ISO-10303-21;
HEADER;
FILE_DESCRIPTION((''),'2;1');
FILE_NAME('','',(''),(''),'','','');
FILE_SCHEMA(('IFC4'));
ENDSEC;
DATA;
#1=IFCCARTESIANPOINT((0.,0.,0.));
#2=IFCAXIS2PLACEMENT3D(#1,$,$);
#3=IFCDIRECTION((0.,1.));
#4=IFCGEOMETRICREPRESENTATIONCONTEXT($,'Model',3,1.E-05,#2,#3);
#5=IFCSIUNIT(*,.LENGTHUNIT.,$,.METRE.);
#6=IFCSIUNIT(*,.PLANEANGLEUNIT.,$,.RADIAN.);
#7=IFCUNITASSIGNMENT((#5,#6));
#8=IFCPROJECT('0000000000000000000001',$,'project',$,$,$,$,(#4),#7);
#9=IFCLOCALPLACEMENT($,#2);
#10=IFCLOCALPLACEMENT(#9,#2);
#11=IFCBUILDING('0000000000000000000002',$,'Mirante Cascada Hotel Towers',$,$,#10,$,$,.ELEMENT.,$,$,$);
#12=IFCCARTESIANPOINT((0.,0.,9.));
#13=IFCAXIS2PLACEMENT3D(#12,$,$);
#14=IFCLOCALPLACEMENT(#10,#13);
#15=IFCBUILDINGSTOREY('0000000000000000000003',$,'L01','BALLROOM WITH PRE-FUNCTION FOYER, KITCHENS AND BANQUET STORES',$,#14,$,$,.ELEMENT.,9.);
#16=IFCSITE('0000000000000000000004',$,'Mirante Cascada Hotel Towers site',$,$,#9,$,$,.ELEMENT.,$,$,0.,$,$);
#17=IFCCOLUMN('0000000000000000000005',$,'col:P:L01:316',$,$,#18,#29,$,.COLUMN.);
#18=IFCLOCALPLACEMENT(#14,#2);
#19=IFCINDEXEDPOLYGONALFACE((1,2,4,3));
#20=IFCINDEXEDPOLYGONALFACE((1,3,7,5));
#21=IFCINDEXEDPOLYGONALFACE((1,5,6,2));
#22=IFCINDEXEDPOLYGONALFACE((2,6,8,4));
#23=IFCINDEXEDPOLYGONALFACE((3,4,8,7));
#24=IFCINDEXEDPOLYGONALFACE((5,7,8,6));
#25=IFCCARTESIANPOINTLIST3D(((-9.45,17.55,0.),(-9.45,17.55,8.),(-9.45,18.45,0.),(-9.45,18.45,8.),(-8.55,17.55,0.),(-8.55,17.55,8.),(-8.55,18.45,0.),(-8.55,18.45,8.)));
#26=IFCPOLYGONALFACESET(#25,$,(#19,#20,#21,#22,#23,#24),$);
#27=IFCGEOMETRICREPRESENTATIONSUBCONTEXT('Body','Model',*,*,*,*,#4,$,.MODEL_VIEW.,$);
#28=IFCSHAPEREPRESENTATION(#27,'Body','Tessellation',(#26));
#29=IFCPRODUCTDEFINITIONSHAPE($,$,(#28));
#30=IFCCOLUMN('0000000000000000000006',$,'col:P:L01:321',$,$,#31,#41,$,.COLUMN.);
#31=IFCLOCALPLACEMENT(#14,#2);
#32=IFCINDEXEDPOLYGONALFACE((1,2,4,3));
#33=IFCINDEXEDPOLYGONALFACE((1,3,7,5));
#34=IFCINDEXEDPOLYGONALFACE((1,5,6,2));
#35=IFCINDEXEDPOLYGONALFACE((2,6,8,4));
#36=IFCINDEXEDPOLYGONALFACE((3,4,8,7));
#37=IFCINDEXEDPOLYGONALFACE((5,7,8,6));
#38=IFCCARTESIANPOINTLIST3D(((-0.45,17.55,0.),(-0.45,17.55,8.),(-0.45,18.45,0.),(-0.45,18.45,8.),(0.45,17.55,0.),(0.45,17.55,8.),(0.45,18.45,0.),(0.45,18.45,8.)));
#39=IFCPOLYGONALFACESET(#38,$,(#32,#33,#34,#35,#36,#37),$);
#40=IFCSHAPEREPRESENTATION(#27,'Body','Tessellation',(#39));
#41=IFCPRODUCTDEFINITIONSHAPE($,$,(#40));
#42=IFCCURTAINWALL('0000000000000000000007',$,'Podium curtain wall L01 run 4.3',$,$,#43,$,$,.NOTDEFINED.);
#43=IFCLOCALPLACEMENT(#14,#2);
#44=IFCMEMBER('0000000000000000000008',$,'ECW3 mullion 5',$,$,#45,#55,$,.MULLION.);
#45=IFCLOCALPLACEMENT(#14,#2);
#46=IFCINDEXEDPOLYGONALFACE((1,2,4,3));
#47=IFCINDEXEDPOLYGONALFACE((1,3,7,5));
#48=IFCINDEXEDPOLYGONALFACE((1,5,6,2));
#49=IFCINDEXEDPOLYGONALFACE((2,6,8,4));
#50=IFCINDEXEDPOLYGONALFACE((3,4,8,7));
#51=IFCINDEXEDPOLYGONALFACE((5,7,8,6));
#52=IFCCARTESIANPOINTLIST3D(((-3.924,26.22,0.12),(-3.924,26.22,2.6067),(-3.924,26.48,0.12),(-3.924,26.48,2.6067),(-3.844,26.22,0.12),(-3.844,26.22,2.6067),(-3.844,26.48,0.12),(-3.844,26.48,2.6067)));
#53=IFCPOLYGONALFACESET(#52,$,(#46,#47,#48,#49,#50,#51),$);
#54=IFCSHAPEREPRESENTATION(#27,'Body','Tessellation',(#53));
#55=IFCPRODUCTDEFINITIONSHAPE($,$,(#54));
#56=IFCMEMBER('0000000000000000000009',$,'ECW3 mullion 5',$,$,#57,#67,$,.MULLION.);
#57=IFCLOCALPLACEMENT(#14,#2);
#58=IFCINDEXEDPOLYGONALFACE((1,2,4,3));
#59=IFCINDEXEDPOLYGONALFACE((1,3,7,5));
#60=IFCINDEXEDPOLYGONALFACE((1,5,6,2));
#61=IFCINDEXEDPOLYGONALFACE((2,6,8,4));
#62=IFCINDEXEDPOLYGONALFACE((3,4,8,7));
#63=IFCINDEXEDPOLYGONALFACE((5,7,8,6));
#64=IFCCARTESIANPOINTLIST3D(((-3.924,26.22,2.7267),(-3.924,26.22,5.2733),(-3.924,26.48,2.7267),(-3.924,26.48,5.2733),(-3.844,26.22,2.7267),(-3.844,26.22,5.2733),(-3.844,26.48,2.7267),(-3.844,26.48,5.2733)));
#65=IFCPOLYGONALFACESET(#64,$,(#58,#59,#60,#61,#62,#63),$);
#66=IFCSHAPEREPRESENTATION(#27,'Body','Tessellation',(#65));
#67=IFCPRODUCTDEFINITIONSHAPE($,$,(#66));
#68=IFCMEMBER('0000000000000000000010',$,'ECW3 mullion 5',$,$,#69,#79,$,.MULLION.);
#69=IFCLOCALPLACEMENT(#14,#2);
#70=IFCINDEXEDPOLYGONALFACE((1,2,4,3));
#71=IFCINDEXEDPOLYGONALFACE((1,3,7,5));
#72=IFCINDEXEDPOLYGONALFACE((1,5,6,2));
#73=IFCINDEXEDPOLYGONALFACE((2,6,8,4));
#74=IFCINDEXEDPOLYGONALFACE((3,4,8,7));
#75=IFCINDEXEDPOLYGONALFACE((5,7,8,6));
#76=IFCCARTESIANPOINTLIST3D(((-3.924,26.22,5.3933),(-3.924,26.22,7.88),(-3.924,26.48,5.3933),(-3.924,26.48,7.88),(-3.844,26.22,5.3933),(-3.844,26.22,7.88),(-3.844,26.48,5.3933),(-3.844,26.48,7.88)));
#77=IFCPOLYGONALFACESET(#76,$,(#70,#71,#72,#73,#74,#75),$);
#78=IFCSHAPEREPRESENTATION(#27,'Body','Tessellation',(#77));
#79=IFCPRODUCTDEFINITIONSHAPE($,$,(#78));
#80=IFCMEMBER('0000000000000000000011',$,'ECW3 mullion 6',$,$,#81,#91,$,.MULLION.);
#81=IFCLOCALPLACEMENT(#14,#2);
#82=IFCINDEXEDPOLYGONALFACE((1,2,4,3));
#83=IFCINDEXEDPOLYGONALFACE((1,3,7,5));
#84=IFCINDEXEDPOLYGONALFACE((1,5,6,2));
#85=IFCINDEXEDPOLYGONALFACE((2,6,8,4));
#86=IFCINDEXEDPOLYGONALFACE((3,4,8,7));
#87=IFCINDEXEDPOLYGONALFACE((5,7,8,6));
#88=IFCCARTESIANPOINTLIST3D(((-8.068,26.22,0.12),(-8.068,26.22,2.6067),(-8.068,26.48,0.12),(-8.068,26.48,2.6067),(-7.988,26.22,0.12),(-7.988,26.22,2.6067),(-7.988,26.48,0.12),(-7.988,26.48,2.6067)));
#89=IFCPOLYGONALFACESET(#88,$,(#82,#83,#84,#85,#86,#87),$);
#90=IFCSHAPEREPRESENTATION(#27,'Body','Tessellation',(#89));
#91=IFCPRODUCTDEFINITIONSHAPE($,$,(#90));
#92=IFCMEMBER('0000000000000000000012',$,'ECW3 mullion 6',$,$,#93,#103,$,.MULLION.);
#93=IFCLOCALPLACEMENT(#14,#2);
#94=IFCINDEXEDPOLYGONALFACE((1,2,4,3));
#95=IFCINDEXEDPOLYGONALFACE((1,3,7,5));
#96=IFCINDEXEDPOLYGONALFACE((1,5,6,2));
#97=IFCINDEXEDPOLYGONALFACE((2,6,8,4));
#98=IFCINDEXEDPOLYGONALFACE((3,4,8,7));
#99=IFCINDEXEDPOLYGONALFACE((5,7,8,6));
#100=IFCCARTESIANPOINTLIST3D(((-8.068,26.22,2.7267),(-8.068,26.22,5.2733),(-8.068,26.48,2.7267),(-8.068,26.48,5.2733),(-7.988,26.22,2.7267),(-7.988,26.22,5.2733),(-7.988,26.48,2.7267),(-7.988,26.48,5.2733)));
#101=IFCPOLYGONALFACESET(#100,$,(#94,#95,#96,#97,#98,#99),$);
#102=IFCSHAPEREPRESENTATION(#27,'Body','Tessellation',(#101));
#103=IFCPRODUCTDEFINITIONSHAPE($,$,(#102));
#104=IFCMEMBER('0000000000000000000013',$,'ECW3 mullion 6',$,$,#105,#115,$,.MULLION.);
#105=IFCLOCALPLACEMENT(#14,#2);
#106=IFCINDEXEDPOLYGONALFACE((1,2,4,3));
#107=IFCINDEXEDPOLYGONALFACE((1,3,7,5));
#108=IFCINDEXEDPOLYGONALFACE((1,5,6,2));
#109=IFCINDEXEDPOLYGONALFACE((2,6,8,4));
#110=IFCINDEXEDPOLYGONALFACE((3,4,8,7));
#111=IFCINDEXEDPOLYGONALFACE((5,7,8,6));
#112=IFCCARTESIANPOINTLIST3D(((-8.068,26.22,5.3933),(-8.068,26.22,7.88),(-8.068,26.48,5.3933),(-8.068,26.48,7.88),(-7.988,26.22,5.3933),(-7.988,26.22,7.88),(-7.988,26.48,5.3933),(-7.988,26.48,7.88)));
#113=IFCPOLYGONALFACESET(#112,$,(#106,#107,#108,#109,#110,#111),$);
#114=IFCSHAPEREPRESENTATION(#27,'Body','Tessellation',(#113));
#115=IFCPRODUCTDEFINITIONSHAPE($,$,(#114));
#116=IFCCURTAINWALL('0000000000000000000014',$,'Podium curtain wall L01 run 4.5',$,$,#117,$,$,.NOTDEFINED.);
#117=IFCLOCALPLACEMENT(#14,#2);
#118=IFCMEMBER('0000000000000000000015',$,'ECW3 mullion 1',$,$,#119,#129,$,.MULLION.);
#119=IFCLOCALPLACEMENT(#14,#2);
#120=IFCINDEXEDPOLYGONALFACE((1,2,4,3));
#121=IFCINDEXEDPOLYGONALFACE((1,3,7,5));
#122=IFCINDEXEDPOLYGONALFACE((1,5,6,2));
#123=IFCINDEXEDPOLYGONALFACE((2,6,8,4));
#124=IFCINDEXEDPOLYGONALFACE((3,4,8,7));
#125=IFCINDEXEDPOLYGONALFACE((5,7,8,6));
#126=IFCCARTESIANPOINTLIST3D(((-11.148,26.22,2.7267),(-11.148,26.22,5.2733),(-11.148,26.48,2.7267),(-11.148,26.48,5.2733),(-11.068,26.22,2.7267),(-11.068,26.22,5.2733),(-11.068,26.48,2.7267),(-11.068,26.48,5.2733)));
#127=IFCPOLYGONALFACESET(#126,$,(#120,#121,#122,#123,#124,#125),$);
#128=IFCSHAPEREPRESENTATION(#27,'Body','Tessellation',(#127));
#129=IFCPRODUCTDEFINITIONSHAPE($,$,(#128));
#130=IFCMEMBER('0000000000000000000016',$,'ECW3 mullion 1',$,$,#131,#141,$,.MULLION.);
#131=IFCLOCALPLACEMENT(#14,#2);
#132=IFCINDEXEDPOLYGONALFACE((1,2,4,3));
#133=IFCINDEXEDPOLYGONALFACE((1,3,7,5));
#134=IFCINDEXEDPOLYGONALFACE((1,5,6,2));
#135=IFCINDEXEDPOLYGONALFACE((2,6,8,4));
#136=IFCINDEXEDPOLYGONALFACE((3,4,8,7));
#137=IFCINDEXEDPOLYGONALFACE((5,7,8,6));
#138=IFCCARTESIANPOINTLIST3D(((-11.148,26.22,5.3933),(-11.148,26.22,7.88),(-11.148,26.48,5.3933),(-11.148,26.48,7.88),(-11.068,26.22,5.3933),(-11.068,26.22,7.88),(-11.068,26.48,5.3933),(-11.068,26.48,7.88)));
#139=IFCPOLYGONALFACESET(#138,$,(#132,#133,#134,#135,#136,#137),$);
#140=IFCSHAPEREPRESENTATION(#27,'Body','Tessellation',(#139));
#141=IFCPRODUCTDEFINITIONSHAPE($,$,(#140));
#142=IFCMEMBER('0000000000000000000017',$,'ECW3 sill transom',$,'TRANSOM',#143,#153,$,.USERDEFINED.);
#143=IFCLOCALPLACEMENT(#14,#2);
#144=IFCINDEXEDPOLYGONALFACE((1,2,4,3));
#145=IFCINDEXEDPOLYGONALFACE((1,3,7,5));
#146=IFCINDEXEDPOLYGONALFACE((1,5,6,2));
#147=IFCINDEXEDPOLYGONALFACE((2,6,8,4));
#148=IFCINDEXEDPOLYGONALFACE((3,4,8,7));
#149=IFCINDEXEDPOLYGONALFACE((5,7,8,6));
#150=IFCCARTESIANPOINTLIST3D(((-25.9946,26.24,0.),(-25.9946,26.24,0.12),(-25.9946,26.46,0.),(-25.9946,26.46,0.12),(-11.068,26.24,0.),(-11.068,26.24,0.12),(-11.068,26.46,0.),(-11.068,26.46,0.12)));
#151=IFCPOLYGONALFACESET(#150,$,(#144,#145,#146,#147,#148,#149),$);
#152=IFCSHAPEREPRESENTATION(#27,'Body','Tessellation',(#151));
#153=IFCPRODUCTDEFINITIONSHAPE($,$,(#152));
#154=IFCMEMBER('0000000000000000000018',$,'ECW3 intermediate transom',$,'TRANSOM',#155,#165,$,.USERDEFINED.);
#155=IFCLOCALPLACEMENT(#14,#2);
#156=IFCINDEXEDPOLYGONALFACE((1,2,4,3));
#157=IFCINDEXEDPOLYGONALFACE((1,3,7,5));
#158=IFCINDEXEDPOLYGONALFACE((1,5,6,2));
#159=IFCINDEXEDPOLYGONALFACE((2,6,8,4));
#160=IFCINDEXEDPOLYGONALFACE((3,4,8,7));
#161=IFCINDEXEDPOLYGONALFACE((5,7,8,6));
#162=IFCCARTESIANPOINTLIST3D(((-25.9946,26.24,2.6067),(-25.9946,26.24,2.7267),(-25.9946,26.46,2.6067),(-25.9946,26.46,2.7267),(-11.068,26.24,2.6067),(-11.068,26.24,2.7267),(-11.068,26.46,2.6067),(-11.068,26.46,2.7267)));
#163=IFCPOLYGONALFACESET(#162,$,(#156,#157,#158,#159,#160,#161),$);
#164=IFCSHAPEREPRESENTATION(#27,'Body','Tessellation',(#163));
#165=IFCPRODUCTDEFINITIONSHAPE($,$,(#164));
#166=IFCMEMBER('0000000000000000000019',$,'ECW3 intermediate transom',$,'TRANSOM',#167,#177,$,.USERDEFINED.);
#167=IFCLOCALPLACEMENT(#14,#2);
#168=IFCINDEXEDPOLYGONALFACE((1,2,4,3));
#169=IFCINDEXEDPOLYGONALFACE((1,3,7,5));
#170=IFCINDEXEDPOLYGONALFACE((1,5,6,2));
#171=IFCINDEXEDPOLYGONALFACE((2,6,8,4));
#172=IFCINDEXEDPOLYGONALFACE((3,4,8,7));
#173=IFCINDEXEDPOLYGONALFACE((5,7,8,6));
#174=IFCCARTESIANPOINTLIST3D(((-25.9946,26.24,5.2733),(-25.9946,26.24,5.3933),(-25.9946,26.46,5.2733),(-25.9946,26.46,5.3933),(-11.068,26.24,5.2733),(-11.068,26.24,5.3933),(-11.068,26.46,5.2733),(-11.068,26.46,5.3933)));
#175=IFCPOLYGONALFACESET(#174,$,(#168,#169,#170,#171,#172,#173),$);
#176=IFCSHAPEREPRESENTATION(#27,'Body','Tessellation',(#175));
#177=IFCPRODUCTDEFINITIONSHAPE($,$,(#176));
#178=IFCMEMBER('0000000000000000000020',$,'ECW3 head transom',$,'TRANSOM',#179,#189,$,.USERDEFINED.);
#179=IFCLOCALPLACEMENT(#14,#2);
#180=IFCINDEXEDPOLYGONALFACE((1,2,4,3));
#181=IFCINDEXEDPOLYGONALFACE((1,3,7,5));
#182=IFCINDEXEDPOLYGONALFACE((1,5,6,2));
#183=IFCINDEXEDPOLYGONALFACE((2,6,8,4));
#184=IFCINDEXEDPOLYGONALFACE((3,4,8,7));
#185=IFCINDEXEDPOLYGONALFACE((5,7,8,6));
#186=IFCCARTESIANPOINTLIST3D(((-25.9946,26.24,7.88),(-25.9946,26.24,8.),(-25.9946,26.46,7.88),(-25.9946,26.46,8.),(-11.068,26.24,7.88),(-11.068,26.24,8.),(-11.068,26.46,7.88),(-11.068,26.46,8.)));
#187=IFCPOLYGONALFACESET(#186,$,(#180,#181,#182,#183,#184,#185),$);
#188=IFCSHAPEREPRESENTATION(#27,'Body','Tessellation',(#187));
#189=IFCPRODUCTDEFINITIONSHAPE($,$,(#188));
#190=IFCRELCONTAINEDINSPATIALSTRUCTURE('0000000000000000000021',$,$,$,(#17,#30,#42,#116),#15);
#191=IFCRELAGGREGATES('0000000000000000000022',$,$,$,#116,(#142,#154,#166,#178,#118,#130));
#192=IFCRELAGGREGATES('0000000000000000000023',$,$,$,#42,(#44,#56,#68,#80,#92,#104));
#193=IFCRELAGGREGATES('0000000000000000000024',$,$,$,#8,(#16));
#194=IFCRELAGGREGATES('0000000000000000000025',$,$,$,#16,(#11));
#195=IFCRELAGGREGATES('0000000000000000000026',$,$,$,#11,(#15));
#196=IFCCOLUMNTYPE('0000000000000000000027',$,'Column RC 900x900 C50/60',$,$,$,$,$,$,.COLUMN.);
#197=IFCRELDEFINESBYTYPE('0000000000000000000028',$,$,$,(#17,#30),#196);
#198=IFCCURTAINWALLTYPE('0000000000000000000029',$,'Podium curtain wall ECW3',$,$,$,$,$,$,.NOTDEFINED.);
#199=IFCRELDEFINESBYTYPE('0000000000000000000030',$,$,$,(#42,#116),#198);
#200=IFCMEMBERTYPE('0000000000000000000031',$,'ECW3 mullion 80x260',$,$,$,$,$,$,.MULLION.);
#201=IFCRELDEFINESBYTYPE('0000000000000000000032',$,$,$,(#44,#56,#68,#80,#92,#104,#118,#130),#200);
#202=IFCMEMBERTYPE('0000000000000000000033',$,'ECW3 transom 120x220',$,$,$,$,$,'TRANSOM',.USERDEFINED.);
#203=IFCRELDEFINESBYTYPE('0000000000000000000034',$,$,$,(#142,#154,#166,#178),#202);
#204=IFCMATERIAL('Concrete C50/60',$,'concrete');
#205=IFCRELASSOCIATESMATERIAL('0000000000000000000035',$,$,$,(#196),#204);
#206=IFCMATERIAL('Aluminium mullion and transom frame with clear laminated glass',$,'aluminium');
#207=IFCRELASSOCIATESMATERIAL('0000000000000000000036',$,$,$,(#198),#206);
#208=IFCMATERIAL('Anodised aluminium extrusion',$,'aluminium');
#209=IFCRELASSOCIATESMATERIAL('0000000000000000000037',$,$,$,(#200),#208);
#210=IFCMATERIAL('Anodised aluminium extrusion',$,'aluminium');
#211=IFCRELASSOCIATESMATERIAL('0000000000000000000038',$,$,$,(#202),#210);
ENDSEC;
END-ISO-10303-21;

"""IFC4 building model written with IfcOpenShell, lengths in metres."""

from ifc_helpers import new_model, si_unit, direction, frame, origin, origin_2d, place, context, subcontext, project, spatial, rectangle, extrude, material, material_profile, profile_set, type_object, element, aggregate, save


model = new_model("IFC4")

# Units and contexts
model_context = context("Model", 3, precision=1e-05, world=origin(), true_north=direction((0.0, 1.0)))
body_context = subcontext(model_context, "Body", "Model", "MODEL_VIEW")
ifc_project = project(units=[si_unit("LENGTHUNIT", "METRE"), si_unit("PLANEANGLEUNIT", "RADIAN")], contexts=[model_context])

# Site, building, storey
site_placement = place(None, origin())
site = spatial("IfcSite", under=ifc_project, at=site_placement, Name="Mirante Cascada Hotel Towers site", CompositionType="ELEMENT", RefElevation=0.0)
building_placement = place(site_placement, origin())
building = spatial("IfcBuilding", under=site, at=building_placement, Name="Mirante Cascada Hotel Towers", CompositionType="ELEMENT")
storey_placement = place(building_placement, frame((0.0, 0.0, 9.0)))
storey = spatial("IfcBuildingStorey", under=building, at=storey_placement, Name="L01", Description="BALLROOM WITH PRE-FUNCTION FOYER, KITCHENS AND BANQUET STORES", CompositionType="ELEMENT", Elevation=9.0)

# Columns
ifc_material_1 = material(Name="Concrete C50/60", Category="concrete")
ifc_material_profile_1 = material_profile(ifc_material_1, rectangle(XDim=0.9, YDim=0.9, at=origin_2d()), Name="RC 900x900")
ifc_profile_set_1 = profile_set([ifc_material_profile_1], Name="Concrete C50/60")
column_type = type_object("IfcColumnType", Name="Column RC 900x900 C50/60", PredefinedType="COLUMN", material=ifc_profile_set_1)
for number, where, z_axis, x_axis, name in (
    (1, (-9.0, 18.0, 0.0), (0.0, 0.0, 1.0), (1.0, 0.0, 0.0), "col:P:L01:316"),
    (2, (0.0, 18.0, 0.0), (0.0, 0.0, 1.0), (1.0, 0.0, 0.0), "col:P:L01:321"),
):
    element("IfcColumn", number, at=place(storey_placement, frame(where, z_axis=z_axis, x_axis=x_axis)), inside=storey, type_object=column_type, Name=name, PredefinedType="COLUMN", context=body_context, shape_type="SweptSolid", body=[
        extrude(rectangle(XDim=0.9, YDim=0.9, at=origin_2d()), origin(), (0.0, 0.0, 1.0), 8.0),
    ])

# Curtain walls, members
ifc_material_2 = material(Name="Aluminium mullion and transom frame with clear laminated glass", Category="aluminium")
curtain_wall_type = type_object("IfcCurtainWallType", Name="Podium curtain wall ECW3", PredefinedType="NOTDEFINED", material=ifc_material_2)
curtain_wall_1_placement = place(storey_placement, origin())
curtain_wall_1 = element("IfcCurtainWall", 3, at=curtain_wall_1_placement, inside=storey, type_object=curtain_wall_type, Name="Podium curtain wall L01 run 4.3", PredefinedType="NOTDEFINED")
ifc_material_3 = material(Name="Anodised aluminium extrusion", Category="aluminium")
ifc_material_profile_2 = material_profile(ifc_material_3, rectangle(XDim=0.26, YDim=0.08, at=origin_2d()), Name="ECW3 MULLION 80x260")
ifc_profile_set_2 = profile_set([ifc_material_profile_2], Name="Anodised aluminium extrusion")
member_type_1 = type_object("IfcMemberType", Name="ECW3 mullion 80x260", PredefinedType="MULLION", material=ifc_profile_set_2)
member_1_placement = place(storey_placement, frame((-3.884, 26.35, 0.12), z_axis=(0.0, 0.0, 1.0), x_axis=(0.0, -1.0, 0.0)))
member_1 = element("IfcMember", 4, at=member_1_placement, type_object=member_type_1, Name="ECW3 mullion 5", PredefinedType="MULLION", context=body_context, shape_type="SweptSolid", body=[
    extrude(rectangle(XDim=0.26, YDim=0.08, at=origin_2d()), origin(), (0.0, 0.0, 1.0), 2.4867),
])
member_2_placement = place(storey_placement, frame((-3.884, 26.35, 2.7267), z_axis=(0.0, 0.0, 1.0), x_axis=(0.0, -1.0, 0.0)))
member_2 = element("IfcMember", 5, at=member_2_placement, type_object=member_type_1, Name="ECW3 mullion 5", PredefinedType="MULLION", context=body_context, shape_type="SweptSolid", body=[
    extrude(rectangle(XDim=0.26, YDim=0.08, at=origin_2d()), origin(), (0.0, 0.0, 1.0), 2.5466),
])
member_3_placement = place(storey_placement, frame((-3.884, 26.35, 5.3933), z_axis=(0.0, 0.0, 1.0), x_axis=(0.0, -1.0, 0.0)))
member_3 = element("IfcMember", 6, at=member_3_placement, type_object=member_type_1, Name="ECW3 mullion 5", PredefinedType="MULLION", context=body_context, shape_type="SweptSolid", body=[
    extrude(rectangle(XDim=0.26, YDim=0.08, at=origin_2d()), origin(), (0.0, 0.0, 1.0), 2.4867),
])
member_4_placement = place(storey_placement, frame((-8.028, 26.35, 0.12), z_axis=(0.0, 0.0, 1.0), x_axis=(0.0, -1.0, 0.0)))
member_4 = element("IfcMember", 7, at=member_4_placement, type_object=member_type_1, Name="ECW3 mullion 6", PredefinedType="MULLION", context=body_context, shape_type="SweptSolid", body=[
    extrude(rectangle(XDim=0.26, YDim=0.08, at=origin_2d()), origin(), (0.0, 0.0, 1.0), 2.4867),
])
member_5_placement = place(storey_placement, frame((-8.028, 26.35, 2.7267), z_axis=(0.0, 0.0, 1.0), x_axis=(0.0, -1.0, 0.0)))
member_5 = element("IfcMember", 8, at=member_5_placement, type_object=member_type_1, Name="ECW3 mullion 6", PredefinedType="MULLION", context=body_context, shape_type="SweptSolid", body=[
    extrude(rectangle(XDim=0.26, YDim=0.08, at=origin_2d()), origin(), (0.0, 0.0, 1.0), 2.5466),
])
member_6_placement = place(storey_placement, frame((-8.028, 26.35, 5.3933), z_axis=(0.0, 0.0, 1.0), x_axis=(0.0, -1.0, 0.0)))
member_6 = element("IfcMember", 9, at=member_6_placement, type_object=member_type_1, Name="ECW3 mullion 6", PredefinedType="MULLION", context=body_context, shape_type="SweptSolid", body=[
    extrude(rectangle(XDim=0.26, YDim=0.08, at=origin_2d()), origin(), (0.0, 0.0, 1.0), 2.4867),
])
curtain_wall_2_placement = place(storey_placement, origin())
curtain_wall_2 = element("IfcCurtainWall", 10, at=curtain_wall_2_placement, inside=storey, type_object=curtain_wall_type, Name="Podium curtain wall L01 run 4.5", PredefinedType="NOTDEFINED")
member_7_placement = place(storey_placement, frame((-11.108, 26.35, 2.7267), z_axis=(0.0, 0.0, 1.0), x_axis=(0.0, -1.0, 0.0)))
member_7 = element("IfcMember", 11, at=member_7_placement, type_object=member_type_1, Name="ECW3 mullion 1", PredefinedType="MULLION", context=body_context, shape_type="SweptSolid", body=[
    extrude(rectangle(XDim=0.26, YDim=0.08, at=origin_2d()), origin(), (0.0, 0.0, 1.0), 2.5466),
])
member_8_placement = place(storey_placement, frame((-11.108, 26.35, 5.3933), z_axis=(0.0, 0.0, 1.0), x_axis=(0.0, -1.0, 0.0)))
member_8 = element("IfcMember", 12, at=member_8_placement, type_object=member_type_1, Name="ECW3 mullion 1", PredefinedType="MULLION", context=body_context, shape_type="SweptSolid", body=[
    extrude(rectangle(XDim=0.26, YDim=0.08, at=origin_2d()), origin(), (0.0, 0.0, 1.0), 2.4867),
])
ifc_material_4 = material(Name="Anodised aluminium extrusion", Category="aluminium")
ifc_material_profile_3 = material_profile(ifc_material_4, rectangle(XDim=0.22, YDim=0.12, at=origin_2d()), Name="ECW3 TRANSOM 120x220")
ifc_profile_set_3 = profile_set([ifc_material_profile_3], Name="Anodised aluminium extrusion")
member_type_2 = type_object("IfcMemberType", Name="ECW3 transom 120x220", ElementType="TRANSOM", PredefinedType="USERDEFINED", material=ifc_profile_set_3)
member_9_placement = place(storey_placement, frame((-11.068, 26.35, 0.06), z_axis=(-1.0, 0.0, 0.0), x_axis=(0.0, -1.0, 0.0)))
member_9 = element("IfcMember", 13, at=member_9_placement, type_object=member_type_2, Name="ECW3 sill transom", ObjectType="TRANSOM", PredefinedType="USERDEFINED", context=body_context, shape_type="SweptSolid", body=[
    extrude(rectangle(XDim=0.22, YDim=0.12, at=origin_2d()), origin(), (0.0, 0.0, 1.0), 14.9266),
])
member_10_placement = place(storey_placement, frame((-11.068, 26.35, 2.6667), z_axis=(-1.0, 0.0, 0.0), x_axis=(0.0, -1.0, 0.0)))
member_10 = element("IfcMember", 14, at=member_10_placement, type_object=member_type_2, Name="ECW3 intermediate transom", ObjectType="TRANSOM", PredefinedType="USERDEFINED", context=body_context, shape_type="SweptSolid", body=[
    extrude(rectangle(XDim=0.22, YDim=0.12, at=origin_2d()), origin(), (0.0, 0.0, 1.0), 14.9266),
])
member_11_placement = place(storey_placement, frame((-11.068, 26.35, 5.3333), z_axis=(-1.0, 0.0, 0.0), x_axis=(0.0, -1.0, 0.0)))
member_11 = element("IfcMember", 15, at=member_11_placement, type_object=member_type_2, Name="ECW3 intermediate transom", ObjectType="TRANSOM", PredefinedType="USERDEFINED", context=body_context, shape_type="SweptSolid", body=[
    extrude(rectangle(XDim=0.22, YDim=0.12, at=origin_2d()), origin(), (0.0, 0.0, 1.0), 14.9266),
])
member_12_placement = place(storey_placement, frame((-11.068, 26.35, 7.94), z_axis=(-1.0, 0.0, 0.0), x_axis=(0.0, -1.0, 0.0)))
member_12 = element("IfcMember", 16, at=member_12_placement, type_object=member_type_2, Name="ECW3 head transom", ObjectType="TRANSOM", PredefinedType="USERDEFINED", context=body_context, shape_type="SweptSolid", body=[
    extrude(rectangle(XDim=0.22, YDim=0.12, at=origin_2d()), origin(), (0.0, 0.0, 1.0), 14.9266),
])
aggregate(curtain_wall_2, [member_9, member_10, member_11, member_12, member_7, member_8])

aggregate(curtain_wall_1, [member_1, member_2, member_3, member_4, member_5, member_6])

save(model, "model.ifc")
